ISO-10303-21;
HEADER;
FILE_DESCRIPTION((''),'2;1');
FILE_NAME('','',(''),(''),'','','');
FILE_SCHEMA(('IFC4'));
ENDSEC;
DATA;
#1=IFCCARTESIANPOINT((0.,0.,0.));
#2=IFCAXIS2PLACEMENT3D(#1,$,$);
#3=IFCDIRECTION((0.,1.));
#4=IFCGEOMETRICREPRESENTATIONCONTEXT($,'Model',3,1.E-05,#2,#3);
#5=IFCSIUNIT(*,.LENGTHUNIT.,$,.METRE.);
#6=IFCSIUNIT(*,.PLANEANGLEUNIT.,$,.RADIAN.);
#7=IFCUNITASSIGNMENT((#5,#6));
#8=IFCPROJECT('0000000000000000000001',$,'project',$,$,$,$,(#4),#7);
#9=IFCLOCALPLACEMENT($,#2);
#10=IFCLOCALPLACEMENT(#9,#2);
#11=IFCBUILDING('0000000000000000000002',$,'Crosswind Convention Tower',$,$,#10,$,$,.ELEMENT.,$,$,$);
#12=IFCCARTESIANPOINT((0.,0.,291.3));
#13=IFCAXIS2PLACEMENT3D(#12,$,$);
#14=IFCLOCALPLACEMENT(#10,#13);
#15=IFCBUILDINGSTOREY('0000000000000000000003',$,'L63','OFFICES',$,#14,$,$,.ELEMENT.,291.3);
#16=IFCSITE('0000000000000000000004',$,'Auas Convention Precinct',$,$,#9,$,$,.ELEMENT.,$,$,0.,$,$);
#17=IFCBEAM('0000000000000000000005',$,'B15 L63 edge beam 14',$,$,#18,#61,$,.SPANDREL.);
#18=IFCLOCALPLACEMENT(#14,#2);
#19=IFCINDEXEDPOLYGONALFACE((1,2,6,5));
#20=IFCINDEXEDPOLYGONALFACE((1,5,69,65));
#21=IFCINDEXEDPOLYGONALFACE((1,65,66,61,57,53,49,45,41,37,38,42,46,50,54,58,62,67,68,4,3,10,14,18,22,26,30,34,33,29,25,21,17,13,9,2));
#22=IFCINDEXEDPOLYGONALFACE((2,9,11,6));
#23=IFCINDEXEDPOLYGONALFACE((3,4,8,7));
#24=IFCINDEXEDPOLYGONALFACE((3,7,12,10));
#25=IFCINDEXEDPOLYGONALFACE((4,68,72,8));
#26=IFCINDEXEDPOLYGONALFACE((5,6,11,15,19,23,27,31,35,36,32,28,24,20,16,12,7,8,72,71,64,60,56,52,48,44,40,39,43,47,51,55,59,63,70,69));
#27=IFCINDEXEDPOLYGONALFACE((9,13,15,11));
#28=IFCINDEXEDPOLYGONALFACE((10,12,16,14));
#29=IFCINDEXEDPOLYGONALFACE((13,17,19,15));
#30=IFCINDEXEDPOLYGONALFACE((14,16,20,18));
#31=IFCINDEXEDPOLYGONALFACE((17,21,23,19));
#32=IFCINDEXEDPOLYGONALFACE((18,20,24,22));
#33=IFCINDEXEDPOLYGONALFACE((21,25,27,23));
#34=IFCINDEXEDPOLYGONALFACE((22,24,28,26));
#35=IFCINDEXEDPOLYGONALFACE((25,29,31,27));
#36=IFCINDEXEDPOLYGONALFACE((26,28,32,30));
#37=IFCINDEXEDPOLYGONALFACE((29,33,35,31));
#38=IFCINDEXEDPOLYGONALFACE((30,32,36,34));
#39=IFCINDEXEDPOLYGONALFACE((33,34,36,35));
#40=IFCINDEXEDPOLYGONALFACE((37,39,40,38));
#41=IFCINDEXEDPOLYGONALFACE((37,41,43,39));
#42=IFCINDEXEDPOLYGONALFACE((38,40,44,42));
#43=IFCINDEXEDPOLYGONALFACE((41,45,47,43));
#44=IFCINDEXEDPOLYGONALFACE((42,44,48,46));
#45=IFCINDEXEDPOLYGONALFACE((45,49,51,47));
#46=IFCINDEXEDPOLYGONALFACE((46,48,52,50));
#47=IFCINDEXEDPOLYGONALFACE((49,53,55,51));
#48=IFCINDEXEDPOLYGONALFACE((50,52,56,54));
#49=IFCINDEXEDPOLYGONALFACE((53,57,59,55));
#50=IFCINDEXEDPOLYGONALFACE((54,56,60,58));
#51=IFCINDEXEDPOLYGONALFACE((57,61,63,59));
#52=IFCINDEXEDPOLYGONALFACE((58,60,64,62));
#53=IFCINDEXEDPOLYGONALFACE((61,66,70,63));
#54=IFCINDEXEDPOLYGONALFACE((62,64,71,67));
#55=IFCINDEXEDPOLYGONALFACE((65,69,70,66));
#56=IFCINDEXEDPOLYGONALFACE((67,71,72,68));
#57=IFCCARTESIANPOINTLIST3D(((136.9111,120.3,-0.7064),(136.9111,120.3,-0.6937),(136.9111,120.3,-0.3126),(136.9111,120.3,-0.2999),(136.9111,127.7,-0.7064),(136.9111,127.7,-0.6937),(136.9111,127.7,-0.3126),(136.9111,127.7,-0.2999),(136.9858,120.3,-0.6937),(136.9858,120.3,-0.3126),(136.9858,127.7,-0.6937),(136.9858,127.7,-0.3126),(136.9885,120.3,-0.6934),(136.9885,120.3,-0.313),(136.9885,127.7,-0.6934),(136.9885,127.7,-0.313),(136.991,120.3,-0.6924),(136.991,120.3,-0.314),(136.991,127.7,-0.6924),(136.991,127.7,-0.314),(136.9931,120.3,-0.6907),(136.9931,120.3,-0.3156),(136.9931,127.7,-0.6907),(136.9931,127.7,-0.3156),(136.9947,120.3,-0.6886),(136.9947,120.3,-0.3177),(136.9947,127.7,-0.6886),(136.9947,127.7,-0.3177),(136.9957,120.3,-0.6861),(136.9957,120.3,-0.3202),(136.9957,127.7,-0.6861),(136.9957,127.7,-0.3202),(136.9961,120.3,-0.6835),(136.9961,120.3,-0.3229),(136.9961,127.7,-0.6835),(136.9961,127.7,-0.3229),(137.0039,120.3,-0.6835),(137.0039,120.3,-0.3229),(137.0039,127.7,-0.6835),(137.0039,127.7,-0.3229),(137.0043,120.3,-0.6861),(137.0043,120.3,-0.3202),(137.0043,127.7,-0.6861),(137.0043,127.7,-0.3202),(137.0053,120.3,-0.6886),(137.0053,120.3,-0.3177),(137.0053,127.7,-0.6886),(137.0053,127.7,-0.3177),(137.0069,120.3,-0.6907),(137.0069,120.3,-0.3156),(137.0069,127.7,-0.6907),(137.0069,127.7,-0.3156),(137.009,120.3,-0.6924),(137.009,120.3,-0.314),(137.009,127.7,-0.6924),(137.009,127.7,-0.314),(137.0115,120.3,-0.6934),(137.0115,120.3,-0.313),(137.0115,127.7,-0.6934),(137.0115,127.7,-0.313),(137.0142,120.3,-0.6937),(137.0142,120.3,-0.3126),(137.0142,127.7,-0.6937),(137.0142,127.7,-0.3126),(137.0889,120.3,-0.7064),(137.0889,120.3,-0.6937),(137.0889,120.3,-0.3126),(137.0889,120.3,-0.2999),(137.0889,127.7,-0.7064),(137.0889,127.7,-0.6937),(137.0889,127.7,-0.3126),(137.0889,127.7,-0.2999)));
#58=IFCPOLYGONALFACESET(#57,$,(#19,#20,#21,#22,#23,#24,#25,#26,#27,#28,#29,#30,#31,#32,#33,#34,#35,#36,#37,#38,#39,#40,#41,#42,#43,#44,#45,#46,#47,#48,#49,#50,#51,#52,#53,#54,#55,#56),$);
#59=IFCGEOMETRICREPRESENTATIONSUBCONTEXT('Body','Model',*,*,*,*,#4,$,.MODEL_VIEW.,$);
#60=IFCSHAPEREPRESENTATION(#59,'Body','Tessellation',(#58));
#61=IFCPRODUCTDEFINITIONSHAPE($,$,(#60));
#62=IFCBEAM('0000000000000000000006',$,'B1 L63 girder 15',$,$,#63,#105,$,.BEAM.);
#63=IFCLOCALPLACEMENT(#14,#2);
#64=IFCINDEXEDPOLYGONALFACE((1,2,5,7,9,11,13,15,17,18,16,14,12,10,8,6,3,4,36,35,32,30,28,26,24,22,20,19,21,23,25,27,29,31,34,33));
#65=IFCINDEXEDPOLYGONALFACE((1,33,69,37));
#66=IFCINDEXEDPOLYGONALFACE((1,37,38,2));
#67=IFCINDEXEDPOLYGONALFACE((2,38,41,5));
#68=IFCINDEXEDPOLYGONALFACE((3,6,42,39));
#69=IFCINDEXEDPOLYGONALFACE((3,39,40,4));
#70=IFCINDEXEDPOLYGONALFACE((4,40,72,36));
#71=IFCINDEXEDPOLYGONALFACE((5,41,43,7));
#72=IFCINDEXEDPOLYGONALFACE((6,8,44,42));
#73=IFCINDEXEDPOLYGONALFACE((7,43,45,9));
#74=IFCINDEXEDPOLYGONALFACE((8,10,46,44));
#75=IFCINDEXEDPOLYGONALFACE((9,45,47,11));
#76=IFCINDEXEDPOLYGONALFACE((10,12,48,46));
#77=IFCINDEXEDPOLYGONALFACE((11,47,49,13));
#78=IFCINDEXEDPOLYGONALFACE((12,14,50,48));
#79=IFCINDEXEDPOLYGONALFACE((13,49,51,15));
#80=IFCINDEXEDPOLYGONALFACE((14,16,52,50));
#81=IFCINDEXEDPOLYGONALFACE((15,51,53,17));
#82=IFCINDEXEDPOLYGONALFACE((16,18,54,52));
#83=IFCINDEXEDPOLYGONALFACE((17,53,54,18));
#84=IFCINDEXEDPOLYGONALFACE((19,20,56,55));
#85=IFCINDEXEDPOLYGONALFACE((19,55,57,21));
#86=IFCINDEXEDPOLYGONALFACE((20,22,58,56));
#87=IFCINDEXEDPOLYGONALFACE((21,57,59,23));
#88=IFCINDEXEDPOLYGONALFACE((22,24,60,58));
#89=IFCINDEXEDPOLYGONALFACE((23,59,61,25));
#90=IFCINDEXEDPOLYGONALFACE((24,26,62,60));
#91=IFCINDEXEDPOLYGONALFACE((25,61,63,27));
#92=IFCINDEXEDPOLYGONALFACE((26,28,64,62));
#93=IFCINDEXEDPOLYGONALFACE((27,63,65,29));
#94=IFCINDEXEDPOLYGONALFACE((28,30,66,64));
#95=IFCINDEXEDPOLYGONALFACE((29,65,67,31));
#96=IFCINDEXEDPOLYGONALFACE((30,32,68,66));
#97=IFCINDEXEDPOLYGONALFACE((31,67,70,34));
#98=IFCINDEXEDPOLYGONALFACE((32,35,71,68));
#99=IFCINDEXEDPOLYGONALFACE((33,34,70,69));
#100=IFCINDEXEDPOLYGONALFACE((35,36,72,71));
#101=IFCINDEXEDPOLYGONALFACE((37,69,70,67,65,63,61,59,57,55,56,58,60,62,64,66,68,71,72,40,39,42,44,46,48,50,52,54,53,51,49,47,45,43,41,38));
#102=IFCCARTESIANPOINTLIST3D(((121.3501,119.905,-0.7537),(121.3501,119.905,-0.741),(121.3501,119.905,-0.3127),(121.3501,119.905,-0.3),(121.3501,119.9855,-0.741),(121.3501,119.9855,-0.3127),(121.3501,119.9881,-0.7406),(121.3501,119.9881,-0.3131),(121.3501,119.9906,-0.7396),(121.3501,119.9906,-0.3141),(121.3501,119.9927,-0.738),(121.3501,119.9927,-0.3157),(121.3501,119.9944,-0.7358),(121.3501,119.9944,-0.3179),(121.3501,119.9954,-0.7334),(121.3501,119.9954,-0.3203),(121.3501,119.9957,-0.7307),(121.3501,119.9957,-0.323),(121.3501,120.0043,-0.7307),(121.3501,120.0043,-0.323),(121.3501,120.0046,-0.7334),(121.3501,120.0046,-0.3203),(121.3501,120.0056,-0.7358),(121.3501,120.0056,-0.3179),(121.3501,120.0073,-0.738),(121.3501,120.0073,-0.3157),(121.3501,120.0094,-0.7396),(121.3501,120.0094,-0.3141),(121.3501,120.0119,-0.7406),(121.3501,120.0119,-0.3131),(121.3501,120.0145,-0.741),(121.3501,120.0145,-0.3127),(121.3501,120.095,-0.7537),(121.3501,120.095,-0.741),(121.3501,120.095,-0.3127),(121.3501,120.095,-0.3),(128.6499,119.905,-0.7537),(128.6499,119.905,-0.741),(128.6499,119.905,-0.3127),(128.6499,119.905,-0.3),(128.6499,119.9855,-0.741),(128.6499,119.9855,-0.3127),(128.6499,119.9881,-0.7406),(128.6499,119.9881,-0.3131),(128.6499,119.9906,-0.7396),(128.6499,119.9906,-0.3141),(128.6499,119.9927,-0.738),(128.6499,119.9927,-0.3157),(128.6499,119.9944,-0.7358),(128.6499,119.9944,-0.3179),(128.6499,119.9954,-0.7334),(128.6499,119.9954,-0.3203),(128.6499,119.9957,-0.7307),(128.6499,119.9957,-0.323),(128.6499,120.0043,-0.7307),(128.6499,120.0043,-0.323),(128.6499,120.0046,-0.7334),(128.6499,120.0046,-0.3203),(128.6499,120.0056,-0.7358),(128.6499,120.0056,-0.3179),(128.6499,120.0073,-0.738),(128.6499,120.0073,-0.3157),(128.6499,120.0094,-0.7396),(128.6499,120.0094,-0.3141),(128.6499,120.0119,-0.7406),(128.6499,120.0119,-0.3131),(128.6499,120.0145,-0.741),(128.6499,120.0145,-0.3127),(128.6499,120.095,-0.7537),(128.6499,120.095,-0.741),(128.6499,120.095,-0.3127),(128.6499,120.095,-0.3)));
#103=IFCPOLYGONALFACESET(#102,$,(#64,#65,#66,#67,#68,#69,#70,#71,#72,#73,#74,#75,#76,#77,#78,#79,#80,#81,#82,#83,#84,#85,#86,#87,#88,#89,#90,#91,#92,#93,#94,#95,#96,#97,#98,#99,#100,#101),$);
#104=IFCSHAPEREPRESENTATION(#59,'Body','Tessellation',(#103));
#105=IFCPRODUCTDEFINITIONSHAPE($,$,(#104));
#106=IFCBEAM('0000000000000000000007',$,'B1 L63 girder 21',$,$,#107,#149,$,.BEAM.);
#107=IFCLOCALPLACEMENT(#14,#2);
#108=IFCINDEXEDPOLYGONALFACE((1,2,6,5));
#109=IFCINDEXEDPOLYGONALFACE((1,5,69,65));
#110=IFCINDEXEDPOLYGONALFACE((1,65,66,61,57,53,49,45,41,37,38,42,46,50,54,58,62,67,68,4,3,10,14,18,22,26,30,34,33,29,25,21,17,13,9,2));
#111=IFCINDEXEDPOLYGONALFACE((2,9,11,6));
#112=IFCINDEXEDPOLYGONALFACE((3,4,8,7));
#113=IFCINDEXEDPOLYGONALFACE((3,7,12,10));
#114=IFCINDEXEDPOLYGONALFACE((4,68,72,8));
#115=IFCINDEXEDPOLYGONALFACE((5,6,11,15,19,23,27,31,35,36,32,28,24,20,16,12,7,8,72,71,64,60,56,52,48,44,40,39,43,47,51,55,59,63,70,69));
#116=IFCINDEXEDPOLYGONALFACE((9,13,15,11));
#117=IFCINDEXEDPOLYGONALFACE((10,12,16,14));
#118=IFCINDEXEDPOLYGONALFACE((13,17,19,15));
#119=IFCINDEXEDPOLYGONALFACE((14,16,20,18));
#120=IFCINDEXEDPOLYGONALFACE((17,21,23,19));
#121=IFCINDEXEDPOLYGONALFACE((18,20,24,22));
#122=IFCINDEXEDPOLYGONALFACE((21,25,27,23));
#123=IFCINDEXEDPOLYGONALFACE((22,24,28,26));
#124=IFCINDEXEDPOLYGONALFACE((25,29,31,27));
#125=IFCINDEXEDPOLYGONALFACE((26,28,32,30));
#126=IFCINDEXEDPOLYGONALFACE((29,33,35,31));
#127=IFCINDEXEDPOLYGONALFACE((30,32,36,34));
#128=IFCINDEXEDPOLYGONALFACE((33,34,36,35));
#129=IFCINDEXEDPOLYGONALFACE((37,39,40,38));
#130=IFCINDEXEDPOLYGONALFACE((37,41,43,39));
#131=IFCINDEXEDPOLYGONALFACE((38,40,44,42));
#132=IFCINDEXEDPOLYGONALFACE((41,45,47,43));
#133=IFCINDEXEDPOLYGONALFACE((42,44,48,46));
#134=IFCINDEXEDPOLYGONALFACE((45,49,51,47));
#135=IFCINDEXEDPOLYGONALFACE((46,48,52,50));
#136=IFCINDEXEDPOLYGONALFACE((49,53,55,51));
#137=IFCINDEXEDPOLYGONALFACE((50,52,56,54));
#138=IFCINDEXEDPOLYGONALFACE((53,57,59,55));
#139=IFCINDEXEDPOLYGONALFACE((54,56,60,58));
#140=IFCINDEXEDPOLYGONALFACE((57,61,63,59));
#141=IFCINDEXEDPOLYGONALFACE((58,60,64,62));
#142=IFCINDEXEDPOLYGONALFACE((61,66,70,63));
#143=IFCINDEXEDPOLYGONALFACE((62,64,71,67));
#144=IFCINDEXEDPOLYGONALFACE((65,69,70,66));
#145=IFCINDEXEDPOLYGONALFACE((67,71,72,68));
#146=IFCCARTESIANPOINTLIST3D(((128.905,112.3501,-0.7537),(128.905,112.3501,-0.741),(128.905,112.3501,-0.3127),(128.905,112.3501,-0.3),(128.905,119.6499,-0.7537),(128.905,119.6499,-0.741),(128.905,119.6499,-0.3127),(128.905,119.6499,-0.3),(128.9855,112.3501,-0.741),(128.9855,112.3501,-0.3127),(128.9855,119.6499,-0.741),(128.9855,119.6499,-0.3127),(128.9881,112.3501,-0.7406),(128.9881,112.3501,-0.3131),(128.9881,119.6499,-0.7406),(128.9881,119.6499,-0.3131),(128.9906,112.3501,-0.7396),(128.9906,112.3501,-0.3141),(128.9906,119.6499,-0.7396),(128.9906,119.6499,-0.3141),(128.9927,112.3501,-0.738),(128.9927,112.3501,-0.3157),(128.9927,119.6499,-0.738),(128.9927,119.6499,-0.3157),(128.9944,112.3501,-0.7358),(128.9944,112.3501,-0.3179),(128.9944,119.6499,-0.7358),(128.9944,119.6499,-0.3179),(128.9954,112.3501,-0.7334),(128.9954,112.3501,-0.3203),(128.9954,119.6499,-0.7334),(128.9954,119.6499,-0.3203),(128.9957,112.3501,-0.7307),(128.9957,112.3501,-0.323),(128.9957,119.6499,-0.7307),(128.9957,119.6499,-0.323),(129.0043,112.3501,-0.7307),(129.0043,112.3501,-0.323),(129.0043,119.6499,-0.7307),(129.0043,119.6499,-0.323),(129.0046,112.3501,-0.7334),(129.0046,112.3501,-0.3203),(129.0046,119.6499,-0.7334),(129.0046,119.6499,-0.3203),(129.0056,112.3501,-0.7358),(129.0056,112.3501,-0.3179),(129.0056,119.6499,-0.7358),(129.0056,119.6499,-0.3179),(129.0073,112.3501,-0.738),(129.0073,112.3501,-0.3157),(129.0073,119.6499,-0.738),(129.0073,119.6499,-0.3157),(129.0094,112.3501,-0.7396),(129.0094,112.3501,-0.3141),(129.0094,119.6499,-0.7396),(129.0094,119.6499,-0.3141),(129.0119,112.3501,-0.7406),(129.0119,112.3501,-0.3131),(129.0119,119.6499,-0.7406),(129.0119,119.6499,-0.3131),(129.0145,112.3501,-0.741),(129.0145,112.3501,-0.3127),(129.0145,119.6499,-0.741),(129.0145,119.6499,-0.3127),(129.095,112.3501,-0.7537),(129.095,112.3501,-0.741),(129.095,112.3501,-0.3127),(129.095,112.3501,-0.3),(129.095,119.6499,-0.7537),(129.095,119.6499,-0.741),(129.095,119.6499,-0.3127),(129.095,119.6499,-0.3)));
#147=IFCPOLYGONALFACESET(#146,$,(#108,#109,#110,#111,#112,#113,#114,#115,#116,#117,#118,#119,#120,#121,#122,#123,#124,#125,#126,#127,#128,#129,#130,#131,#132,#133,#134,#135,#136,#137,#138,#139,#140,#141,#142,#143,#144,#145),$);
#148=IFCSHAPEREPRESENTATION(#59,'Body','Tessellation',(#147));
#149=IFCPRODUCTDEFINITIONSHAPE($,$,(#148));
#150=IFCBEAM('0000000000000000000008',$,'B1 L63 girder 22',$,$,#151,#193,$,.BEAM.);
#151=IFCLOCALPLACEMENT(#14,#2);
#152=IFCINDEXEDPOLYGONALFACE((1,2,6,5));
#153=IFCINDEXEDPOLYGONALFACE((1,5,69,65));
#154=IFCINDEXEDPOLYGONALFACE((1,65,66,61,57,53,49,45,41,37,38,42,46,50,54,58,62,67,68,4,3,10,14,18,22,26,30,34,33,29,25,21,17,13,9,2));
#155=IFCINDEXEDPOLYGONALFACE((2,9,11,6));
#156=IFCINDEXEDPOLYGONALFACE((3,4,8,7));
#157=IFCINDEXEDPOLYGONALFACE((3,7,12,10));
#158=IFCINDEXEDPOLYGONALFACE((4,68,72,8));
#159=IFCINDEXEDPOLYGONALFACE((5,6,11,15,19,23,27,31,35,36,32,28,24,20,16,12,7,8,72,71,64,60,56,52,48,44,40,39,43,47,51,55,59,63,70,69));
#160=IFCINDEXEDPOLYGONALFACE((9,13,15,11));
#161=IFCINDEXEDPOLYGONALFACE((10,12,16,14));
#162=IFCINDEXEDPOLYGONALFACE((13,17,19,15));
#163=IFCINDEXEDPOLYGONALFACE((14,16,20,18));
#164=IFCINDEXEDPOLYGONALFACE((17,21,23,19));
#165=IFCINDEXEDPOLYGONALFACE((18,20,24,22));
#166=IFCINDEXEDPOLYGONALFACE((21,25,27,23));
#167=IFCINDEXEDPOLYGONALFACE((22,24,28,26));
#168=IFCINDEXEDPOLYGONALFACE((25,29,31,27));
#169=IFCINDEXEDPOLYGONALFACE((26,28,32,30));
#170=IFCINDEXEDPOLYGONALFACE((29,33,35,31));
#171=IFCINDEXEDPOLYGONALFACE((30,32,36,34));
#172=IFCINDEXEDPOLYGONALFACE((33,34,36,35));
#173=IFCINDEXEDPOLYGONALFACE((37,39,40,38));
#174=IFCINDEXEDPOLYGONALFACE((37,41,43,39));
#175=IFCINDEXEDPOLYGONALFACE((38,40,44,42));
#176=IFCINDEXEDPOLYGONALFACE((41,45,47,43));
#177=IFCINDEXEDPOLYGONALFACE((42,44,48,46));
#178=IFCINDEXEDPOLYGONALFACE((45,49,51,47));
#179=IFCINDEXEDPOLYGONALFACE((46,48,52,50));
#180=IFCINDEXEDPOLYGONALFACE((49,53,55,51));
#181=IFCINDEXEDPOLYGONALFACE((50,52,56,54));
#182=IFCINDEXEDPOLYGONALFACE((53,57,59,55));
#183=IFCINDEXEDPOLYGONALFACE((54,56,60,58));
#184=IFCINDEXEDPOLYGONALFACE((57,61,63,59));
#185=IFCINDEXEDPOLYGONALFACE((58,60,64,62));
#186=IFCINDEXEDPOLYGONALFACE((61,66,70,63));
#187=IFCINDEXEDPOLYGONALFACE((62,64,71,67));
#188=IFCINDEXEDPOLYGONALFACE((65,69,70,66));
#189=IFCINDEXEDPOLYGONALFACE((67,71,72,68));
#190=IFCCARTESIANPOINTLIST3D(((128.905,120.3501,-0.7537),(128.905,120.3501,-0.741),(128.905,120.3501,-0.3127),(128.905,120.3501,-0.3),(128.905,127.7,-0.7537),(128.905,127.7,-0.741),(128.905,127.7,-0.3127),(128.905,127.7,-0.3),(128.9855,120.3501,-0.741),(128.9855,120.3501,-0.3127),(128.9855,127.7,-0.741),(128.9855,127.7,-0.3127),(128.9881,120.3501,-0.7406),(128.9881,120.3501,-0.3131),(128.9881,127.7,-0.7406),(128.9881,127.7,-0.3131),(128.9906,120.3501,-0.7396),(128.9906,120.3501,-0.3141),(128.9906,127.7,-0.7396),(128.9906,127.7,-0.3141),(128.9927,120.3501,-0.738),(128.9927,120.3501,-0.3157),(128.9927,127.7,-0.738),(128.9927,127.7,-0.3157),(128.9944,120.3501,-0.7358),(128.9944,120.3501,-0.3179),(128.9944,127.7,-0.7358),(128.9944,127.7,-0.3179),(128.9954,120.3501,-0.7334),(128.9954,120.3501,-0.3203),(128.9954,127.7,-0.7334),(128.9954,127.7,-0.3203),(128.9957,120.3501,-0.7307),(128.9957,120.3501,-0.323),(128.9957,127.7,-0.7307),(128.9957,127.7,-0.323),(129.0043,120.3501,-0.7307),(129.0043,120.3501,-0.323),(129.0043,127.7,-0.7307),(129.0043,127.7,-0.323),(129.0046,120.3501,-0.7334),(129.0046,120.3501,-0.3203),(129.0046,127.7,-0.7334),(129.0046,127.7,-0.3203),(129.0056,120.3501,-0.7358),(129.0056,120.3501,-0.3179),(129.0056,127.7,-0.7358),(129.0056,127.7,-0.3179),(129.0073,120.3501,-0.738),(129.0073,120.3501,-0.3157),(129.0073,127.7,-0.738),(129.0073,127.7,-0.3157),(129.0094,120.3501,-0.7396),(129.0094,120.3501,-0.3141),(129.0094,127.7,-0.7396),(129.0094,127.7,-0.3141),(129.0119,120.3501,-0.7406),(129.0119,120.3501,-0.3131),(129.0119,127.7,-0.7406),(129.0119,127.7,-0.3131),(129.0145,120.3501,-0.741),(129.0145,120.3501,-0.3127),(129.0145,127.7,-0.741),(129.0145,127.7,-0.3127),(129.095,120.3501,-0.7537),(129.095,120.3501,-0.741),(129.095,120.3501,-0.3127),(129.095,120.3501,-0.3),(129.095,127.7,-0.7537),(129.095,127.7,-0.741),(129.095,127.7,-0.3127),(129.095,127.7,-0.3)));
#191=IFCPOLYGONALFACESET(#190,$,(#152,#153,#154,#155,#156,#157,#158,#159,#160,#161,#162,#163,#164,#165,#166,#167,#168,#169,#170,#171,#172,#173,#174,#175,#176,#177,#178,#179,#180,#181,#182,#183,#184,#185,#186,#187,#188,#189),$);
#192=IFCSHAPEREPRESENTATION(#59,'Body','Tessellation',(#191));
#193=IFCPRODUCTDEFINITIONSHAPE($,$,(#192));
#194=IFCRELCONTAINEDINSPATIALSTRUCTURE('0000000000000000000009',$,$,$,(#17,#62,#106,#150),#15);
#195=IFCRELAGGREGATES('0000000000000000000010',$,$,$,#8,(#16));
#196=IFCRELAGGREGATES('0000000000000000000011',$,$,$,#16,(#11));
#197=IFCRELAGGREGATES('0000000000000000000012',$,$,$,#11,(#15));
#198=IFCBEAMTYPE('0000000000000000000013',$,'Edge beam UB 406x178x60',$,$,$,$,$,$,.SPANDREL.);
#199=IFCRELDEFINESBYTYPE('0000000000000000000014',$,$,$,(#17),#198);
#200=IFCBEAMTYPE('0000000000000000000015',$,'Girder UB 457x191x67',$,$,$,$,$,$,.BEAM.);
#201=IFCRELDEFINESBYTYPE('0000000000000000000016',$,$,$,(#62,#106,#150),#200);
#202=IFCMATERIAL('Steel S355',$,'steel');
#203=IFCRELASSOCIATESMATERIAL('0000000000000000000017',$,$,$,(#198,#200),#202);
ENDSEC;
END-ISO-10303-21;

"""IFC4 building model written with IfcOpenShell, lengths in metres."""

from ifc_helpers import new_model, si_unit, direction, frame, origin, origin_2d, place, context, subcontext, project, spatial, i_section, extrude, material, material_profile, profile_set, type_object, element, save


model = new_model("IFC4")

# Units and contexts
model_context = context("Model", 3, precision=1e-05, world=origin(), true_north=direction((0.0, 1.0)))
body_context = subcontext(model_context, "Body", "Model", "MODEL_VIEW")
ifc_project = project(units=[si_unit("LENGTHUNIT", "METRE"), si_unit("PLANEANGLEUNIT", "RADIAN")], contexts=[model_context])

# Site, building, storey
site_placement = place(None, origin())
site = spatial("IfcSite", under=ifc_project, at=site_placement, Name="Auas Convention Precinct", CompositionType="ELEMENT", RefElevation=0.0)
building_placement = place(site_placement, origin())
building = spatial("IfcBuilding", under=site, at=building_placement, Name="Crosswind Convention Tower", CompositionType="ELEMENT")
storey_placement = place(building_placement, frame((0.0, 0.0, 291.3)))
storey = spatial("IfcBuildingStorey", under=building, at=storey_placement, Name="L63", Description="OFFICES", CompositionType="ELEMENT", Elevation=291.3)

# Beams
ifc_material_1 = material(Name="Steel S355", Category="steel")
ifc_material_profile_1 = material_profile(ifc_material_1, i_section(OverallWidth=0.1777, OverallDepth=0.4065, WebThickness=0.0078, FlangeThickness=0.0127, FilletRadius=0.0103, at=origin_2d()), Name="UB 406x178x60")
ifc_profile_set_1 = profile_set([ifc_material_profile_1], Name="Steel S355")
beam_type_1 = type_object("IfcBeamType", Name="Edge beam UB 406x178x60", PredefinedType="SPANDREL", material=ifc_profile_set_1)
beam_1_placement = place(storey_placement, frame((137.0, 120.3, -0.5032), z_axis=(0.0, 1.0, 0.0), x_axis=(-1.0, 0.0, 0.0)))
element("IfcBeam", 1, at=beam_1_placement, inside=storey, type_object=beam_type_1, Name="B15 L63 edge beam 14", PredefinedType="SPANDREL", context=body_context, shape_type="SweptSolid", body=[
    extrude(i_section(OverallWidth=0.1777, OverallDepth=0.4065, WebThickness=0.0078, FlangeThickness=0.0127, FilletRadius=0.0103, at=origin_2d()), origin(), (0.0, 0.0, 1.0), 7.3999),
])
ifc_material_profile_2 = material_profile(ifc_material_1, i_section(OverallWidth=0.1899, OverallDepth=0.4536, WebThickness=0.0085, FlangeThickness=0.0127, FilletRadius=0.0103, at=origin_2d()), Name="UB 457x191x67")
ifc_profile_set_2 = profile_set([ifc_material_profile_2], Name="Steel S355")
beam_type_2 = type_object("IfcBeamType", Name="Girder UB 457x191x67", PredefinedType="BEAM", material=ifc_profile_set_2)
for number, where, z_axis, x_axis, name in (
    (2, (121.3501, 120.0, -0.5269), (1.0, 0.0, 0.0), (0.0, 1.0, 0.0), "B1 L63 girder 15"),
    (3, (129.0, 112.3501, -0.5269), (0.0, 1.0, 0.0), (-1.0, 0.0, 0.0), "B1 L63 girder 21"),
):
    element("IfcBeam", number, at=place(storey_placement, frame(where, z_axis=z_axis, x_axis=x_axis)), inside=storey, type_object=beam_type_2, Name=name, PredefinedType="BEAM", context=body_context, shape_type="SweptSolid", body=[
        extrude(i_section(OverallWidth=0.1899, OverallDepth=0.4536, WebThickness=0.0085, FlangeThickness=0.0127, FilletRadius=0.0103, at=origin_2d()), origin(), (0.0, 0.0, 1.0), 7.2998),
    ])
for number, where, z_axis, x_axis, name in (
    (4, (129.0, 120.3501, -0.5269), (0.0, 1.0, 0.0), (-1.0, 0.0, 0.0), "B1 L63 girder 22"),
):
    element("IfcBeam", number, at=place(storey_placement, frame(where, z_axis=z_axis, x_axis=x_axis)), inside=storey, type_object=beam_type_2, Name=name, PredefinedType="BEAM", context=body_context, shape_type="SweptSolid", body=[
        extrude(i_section(OverallWidth=0.1899, OverallDepth=0.4536, WebThickness=0.0085, FlangeThickness=0.0127, FilletRadius=0.0103, at=origin_2d()), origin(), (0.0, 0.0, 1.0), 7.3499),
    ])

save(model, "model.ifc")
